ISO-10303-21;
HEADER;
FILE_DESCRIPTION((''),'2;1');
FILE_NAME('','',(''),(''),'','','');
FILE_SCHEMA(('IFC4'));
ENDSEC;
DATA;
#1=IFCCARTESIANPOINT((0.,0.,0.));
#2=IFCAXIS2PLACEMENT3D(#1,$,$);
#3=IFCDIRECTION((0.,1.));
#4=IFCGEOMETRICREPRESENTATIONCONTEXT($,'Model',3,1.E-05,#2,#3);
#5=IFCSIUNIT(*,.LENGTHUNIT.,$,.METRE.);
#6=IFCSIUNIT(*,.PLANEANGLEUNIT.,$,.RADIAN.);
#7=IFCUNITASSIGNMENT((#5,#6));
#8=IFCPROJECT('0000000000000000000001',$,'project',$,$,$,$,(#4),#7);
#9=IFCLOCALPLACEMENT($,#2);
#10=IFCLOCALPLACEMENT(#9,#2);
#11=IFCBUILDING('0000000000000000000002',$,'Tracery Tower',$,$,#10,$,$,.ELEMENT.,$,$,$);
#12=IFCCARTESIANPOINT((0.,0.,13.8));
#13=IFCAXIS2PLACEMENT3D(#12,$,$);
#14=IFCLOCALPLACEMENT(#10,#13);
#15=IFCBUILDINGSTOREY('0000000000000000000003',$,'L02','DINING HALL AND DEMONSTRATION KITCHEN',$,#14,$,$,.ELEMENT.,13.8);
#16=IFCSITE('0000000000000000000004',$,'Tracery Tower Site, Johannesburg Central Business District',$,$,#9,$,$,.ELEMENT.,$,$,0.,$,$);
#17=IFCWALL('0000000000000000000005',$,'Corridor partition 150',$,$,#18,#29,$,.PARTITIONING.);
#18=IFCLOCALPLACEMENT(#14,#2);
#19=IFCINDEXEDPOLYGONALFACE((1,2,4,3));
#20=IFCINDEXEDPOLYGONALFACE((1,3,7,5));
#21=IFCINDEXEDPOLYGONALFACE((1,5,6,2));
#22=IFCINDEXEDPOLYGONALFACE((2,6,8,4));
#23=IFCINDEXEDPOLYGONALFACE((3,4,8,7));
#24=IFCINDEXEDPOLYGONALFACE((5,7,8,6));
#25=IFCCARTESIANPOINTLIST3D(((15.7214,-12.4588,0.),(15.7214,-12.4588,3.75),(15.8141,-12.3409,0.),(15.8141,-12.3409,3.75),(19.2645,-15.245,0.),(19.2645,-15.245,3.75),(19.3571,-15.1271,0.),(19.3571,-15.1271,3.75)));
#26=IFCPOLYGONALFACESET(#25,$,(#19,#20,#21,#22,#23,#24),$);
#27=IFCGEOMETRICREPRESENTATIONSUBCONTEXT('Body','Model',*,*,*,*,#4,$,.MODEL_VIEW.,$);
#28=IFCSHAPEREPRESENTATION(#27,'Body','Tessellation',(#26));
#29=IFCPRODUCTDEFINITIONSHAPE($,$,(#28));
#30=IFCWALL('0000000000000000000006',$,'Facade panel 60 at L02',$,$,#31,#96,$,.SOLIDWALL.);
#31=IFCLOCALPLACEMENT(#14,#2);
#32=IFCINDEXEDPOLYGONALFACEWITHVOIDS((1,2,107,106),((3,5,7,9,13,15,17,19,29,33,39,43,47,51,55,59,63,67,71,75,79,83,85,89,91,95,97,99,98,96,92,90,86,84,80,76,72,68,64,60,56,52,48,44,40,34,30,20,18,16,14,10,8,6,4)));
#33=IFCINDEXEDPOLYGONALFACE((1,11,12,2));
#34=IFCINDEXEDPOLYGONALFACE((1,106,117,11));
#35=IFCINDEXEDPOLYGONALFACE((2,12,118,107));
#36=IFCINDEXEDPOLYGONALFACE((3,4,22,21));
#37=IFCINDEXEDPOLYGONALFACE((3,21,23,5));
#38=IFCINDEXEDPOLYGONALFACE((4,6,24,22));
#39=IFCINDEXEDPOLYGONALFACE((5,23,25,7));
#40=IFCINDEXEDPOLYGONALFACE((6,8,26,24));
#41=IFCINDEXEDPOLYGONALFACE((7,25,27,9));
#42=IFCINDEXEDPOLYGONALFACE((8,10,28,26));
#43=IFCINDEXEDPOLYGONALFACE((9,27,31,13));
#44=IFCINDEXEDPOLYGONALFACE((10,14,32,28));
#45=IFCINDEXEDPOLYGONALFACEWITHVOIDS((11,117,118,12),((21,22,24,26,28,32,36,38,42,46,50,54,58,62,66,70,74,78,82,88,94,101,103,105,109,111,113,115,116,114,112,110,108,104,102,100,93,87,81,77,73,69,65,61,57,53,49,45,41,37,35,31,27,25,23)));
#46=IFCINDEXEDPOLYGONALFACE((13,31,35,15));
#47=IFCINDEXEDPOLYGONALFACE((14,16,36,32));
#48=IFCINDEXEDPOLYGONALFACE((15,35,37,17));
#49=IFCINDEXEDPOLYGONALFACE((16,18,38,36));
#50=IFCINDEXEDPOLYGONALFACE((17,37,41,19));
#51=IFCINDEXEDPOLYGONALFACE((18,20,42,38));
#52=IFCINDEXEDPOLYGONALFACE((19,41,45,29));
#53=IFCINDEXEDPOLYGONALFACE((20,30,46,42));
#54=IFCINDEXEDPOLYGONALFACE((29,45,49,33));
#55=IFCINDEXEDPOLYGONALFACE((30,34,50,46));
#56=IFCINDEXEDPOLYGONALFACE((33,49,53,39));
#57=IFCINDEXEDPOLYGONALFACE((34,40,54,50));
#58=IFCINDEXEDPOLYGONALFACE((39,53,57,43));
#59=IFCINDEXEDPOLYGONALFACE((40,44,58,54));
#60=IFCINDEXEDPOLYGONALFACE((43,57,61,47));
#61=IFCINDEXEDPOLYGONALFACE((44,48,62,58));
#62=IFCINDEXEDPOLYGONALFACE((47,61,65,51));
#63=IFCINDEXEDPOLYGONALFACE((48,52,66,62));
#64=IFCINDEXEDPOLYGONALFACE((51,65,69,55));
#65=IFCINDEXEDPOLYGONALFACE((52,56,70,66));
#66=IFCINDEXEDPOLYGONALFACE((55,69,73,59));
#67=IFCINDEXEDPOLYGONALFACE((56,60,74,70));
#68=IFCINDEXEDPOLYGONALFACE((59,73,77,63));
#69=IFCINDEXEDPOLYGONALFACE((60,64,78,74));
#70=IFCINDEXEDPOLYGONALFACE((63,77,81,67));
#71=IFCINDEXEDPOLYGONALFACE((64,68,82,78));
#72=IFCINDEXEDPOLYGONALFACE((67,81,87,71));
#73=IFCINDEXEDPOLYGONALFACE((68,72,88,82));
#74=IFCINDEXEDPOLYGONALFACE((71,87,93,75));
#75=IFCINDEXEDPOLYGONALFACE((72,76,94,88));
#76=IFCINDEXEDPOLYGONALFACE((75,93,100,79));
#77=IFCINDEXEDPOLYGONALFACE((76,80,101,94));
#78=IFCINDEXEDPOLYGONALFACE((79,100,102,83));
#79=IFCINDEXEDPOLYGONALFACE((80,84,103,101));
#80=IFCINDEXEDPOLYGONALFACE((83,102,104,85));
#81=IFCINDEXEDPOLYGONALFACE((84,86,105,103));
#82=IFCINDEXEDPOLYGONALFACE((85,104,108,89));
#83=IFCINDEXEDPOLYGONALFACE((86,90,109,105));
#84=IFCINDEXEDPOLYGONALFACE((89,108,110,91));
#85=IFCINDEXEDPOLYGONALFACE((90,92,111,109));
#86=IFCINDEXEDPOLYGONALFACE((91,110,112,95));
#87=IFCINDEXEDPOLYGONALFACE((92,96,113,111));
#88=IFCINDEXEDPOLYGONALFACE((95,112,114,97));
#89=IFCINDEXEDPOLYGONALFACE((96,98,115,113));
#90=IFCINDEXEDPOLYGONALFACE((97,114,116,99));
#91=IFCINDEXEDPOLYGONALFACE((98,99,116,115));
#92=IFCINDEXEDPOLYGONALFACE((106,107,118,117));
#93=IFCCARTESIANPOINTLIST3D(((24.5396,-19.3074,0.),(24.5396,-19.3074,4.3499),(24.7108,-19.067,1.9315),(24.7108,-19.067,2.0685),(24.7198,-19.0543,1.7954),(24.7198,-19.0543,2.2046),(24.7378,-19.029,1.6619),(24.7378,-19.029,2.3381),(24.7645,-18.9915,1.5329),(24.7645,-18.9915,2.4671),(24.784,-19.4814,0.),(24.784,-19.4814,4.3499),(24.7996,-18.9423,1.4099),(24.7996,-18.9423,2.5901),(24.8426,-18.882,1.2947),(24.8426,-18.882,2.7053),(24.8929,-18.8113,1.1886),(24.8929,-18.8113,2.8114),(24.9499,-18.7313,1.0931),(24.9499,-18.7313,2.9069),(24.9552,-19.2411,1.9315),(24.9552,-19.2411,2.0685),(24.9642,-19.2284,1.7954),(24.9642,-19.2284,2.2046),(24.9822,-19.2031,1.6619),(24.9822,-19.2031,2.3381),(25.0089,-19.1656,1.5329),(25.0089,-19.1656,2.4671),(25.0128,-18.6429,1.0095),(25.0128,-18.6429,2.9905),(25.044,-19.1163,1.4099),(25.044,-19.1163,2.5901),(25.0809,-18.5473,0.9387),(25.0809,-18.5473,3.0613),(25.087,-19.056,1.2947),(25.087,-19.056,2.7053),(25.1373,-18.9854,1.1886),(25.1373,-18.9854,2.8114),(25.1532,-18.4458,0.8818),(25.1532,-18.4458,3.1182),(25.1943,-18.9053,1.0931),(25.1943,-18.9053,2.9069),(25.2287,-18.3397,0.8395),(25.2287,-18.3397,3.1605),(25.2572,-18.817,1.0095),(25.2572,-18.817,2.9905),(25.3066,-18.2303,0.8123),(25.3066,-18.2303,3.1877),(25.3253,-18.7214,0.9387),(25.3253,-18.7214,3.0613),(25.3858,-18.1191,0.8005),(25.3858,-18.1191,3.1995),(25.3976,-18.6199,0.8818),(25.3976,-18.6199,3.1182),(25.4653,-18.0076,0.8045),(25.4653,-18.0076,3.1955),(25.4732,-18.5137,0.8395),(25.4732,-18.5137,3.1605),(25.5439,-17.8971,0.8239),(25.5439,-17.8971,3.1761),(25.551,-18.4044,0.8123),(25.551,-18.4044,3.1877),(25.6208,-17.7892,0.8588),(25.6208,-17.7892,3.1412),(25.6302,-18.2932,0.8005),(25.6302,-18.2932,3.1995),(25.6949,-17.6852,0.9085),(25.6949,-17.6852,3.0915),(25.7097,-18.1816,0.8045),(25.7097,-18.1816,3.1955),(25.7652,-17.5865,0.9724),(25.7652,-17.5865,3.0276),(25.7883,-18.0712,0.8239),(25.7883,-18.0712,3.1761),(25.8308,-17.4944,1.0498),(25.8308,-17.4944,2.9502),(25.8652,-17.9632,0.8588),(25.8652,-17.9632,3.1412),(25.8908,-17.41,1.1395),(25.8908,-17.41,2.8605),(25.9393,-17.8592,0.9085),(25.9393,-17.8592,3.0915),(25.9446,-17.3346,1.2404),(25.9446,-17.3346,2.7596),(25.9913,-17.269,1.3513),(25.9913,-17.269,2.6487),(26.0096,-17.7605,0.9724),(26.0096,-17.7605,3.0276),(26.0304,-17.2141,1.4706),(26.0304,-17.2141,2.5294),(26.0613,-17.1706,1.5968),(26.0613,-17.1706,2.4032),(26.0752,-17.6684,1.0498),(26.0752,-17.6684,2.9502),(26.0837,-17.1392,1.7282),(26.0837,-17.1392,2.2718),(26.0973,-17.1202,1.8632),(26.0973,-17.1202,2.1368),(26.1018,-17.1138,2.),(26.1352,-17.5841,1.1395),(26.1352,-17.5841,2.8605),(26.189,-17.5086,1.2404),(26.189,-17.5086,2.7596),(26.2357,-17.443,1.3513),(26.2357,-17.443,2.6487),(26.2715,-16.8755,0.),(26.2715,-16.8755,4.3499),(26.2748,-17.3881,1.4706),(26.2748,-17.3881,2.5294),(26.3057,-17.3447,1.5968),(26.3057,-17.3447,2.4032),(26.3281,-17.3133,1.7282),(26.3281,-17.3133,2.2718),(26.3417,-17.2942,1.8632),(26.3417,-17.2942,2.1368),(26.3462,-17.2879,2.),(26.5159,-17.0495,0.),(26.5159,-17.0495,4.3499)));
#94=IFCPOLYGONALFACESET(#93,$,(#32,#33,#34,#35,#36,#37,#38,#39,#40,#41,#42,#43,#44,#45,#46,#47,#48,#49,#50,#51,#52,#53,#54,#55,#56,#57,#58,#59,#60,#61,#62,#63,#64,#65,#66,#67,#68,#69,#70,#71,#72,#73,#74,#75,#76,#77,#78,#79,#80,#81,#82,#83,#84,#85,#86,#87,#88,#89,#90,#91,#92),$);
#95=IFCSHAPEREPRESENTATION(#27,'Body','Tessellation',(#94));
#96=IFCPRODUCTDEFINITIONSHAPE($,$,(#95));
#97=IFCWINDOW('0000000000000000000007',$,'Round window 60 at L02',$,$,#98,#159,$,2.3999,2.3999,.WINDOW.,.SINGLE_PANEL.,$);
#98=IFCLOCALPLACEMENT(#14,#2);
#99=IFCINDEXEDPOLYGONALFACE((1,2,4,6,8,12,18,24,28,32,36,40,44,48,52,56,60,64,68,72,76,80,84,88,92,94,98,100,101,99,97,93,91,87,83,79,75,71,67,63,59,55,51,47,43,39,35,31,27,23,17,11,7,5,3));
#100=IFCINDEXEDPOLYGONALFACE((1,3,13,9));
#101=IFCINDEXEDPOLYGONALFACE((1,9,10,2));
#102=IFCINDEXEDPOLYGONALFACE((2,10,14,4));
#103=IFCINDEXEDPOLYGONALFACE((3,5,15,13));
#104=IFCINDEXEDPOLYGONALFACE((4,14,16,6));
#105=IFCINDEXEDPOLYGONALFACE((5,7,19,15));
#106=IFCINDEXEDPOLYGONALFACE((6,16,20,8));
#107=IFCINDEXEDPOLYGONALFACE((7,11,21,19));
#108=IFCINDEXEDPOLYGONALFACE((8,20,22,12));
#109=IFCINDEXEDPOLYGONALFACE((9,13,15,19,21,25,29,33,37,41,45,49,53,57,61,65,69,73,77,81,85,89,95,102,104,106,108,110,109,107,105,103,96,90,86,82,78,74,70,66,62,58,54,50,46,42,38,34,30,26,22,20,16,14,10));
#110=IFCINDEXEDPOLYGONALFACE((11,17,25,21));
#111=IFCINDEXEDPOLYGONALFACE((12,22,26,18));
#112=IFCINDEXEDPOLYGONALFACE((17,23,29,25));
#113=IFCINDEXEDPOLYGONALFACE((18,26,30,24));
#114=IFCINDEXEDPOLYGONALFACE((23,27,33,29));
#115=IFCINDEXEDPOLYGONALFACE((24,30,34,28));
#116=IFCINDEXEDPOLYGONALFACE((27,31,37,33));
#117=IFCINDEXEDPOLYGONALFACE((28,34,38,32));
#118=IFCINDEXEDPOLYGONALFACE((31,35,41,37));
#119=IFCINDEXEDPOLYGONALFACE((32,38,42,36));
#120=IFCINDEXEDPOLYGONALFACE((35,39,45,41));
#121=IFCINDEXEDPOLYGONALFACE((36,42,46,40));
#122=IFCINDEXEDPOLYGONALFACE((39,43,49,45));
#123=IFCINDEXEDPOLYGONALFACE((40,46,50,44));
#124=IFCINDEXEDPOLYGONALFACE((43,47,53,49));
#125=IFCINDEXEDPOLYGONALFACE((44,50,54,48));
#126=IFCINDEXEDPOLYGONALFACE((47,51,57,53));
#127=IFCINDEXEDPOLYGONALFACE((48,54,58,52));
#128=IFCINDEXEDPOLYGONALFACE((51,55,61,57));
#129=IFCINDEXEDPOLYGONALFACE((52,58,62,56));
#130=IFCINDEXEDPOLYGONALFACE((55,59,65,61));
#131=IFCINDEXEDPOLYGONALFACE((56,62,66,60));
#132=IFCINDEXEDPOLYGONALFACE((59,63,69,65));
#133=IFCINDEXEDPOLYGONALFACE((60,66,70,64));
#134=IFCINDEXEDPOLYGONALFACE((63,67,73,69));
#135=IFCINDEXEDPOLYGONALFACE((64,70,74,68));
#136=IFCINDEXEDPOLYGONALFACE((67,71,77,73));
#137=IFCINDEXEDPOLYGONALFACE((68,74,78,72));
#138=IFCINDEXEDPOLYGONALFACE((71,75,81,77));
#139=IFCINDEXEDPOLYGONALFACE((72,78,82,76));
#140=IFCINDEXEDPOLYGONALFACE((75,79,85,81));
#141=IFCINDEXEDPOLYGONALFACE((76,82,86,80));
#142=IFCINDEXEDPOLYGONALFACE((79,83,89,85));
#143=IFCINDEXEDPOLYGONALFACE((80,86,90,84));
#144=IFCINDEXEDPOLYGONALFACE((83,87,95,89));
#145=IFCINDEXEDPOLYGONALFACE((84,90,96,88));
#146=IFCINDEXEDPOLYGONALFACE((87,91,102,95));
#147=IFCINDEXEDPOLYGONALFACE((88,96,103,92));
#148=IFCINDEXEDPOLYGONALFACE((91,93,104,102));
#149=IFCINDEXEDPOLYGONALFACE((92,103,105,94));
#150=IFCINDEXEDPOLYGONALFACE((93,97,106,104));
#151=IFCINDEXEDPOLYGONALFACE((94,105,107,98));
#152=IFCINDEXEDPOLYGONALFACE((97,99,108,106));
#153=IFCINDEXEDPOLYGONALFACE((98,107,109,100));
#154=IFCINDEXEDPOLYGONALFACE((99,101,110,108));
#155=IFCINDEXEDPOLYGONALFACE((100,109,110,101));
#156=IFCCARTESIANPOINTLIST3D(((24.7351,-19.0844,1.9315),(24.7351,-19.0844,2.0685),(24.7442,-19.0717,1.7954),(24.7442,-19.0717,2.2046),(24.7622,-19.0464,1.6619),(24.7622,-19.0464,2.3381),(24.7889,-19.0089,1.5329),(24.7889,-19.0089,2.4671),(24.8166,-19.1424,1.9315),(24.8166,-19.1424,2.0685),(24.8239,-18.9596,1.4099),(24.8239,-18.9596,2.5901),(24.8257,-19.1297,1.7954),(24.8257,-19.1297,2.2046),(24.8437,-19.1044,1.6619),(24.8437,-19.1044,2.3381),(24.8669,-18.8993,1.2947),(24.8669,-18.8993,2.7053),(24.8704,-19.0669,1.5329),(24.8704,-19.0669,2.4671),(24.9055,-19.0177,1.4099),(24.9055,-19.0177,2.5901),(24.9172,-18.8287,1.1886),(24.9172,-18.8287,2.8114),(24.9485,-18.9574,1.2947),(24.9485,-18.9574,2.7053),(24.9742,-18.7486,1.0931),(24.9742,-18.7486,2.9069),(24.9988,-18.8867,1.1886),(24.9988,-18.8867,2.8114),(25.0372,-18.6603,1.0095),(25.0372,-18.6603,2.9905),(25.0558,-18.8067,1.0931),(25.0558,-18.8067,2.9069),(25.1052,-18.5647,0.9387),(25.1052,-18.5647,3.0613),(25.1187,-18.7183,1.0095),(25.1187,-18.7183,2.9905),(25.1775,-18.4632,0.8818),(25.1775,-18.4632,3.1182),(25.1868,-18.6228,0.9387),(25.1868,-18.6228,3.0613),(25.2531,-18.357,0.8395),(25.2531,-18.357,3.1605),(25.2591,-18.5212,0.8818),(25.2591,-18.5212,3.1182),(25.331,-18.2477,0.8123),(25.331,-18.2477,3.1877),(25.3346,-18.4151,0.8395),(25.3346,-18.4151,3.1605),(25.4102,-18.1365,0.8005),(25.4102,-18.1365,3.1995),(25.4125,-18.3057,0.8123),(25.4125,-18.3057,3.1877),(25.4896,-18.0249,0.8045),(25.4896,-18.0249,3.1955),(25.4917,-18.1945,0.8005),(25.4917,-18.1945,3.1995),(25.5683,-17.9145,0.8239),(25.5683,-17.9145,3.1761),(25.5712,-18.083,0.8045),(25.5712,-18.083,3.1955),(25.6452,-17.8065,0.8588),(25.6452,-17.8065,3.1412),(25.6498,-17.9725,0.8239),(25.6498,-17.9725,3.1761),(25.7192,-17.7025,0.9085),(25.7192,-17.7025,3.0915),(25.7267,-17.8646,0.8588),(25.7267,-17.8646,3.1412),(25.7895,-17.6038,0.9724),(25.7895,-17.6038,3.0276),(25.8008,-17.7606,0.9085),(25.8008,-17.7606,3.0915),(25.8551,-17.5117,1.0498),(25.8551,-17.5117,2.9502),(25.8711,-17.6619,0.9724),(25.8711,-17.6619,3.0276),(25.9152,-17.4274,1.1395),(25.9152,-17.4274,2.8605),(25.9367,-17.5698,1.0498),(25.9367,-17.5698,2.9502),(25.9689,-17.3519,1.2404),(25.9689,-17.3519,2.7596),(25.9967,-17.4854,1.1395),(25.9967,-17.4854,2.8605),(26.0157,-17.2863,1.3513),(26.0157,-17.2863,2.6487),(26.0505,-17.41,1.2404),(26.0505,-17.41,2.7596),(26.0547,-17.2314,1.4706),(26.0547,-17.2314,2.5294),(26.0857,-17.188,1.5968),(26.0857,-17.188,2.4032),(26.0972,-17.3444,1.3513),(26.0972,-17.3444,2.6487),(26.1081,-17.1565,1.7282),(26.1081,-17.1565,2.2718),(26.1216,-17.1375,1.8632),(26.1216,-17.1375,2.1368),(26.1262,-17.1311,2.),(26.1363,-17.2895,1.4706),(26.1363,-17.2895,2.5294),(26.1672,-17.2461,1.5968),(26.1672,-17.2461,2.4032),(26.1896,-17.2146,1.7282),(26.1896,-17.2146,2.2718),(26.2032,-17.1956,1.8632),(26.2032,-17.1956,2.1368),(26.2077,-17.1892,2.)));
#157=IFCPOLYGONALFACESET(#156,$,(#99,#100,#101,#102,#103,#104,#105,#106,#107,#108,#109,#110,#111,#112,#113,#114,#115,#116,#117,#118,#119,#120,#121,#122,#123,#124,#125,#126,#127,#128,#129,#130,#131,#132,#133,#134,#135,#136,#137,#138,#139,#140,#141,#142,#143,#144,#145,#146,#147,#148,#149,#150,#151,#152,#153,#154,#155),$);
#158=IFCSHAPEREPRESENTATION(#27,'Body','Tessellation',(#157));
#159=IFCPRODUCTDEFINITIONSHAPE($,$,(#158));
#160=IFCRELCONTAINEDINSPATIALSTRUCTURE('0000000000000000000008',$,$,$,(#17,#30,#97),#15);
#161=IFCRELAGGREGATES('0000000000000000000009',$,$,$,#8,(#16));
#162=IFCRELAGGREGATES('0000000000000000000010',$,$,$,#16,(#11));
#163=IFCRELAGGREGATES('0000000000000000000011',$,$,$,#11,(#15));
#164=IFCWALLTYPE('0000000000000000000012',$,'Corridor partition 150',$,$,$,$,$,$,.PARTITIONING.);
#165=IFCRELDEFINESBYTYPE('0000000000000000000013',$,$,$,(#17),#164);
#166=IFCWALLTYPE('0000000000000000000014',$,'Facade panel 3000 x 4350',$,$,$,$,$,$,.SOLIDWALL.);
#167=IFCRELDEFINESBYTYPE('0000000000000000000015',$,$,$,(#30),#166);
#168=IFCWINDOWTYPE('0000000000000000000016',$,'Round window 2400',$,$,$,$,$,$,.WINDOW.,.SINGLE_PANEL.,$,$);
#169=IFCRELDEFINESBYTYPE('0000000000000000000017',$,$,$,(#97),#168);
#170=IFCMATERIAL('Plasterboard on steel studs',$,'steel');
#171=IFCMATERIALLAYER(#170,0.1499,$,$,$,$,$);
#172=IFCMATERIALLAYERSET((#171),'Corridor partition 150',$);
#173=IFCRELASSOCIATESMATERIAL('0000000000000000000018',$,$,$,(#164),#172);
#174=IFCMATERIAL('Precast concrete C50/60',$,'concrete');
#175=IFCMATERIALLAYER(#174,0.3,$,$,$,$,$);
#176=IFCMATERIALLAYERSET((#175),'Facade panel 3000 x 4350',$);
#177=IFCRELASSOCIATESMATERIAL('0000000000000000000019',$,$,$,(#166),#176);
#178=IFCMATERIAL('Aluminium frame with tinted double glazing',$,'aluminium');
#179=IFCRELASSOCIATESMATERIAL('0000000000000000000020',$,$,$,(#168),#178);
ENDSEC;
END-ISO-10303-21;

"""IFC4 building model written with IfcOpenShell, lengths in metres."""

from ifc_helpers import new_model, si_unit, direction, frame, frame_2d, origin, origin_2d, place, context, subcontext, project, spatial, rectangle, circle, extrude, material, layer, layer_set, type_object, element, fill, save


model = new_model("IFC4")

# Units and contexts
model_context = context("Model", 3, precision=1e-05, world=origin(), true_north=direction((0.0, 1.0)))
body_context = subcontext(model_context, "Body", "Model", "MODEL_VIEW")
ifc_project = project(units=[si_unit("LENGTHUNIT", "METRE"), si_unit("PLANEANGLEUNIT", "RADIAN")], contexts=[model_context])

# Site, building, storey
site_placement = place(None, origin())
site = spatial("IfcSite", under=ifc_project, at=site_placement, Name="Tracery Tower Site, Johannesburg Central Business District", CompositionType="ELEMENT", RefElevation=0.0)
building_placement = place(site_placement, origin())
building = spatial("IfcBuilding", under=site, at=building_placement, Name="Tracery Tower", CompositionType="ELEMENT")
storey_placement = place(building_placement, frame((0.0, 0.0, 13.8)))
storey = spatial("IfcBuildingStorey", under=building, at=storey_placement, Name="L02", Description="DINING HALL AND DEMONSTRATION KITCHEN", CompositionType="ELEMENT", Elevation=13.8)

# Shared definitions
ifc_material_1 = material(Name="Plasterboard on steel studs", Category="steel")
ifc_layer_1 = layer(ifc_material_1, 0.1499)
ifc_layer_set_1 = layer_set([ifc_layer_1], Name="Corridor partition 150")
wall_type_1 = type_object("IfcWallType", Name="Corridor partition 150", PredefinedType="PARTITIONING", material=ifc_layer_set_1)

# Wall
wall_1_placement = place(storey_placement, frame((19.3108, -15.186, 0.0), z_axis=(0.0, 0.0, 1.0), x_axis=(-0.786063, 0.618147, 0.0)))
element("IfcWall", 1, at=wall_1_placement, inside=storey, type_object=wall_type_1, Name="Corridor partition 150", PredefinedType="PARTITIONING", context=body_context, shape_type="SweptSolid", body=[
    extrude(rectangle(XDim=4.5073, YDim=0.1499, at=frame_2d((2.2537, 0.0))), origin(), (0.0, 0.0, 1.0), 3.75),
])

# Wall, opening, window
ifc_material_2 = material(Name="Precast concrete C50/60", Category="concrete")
ifc_layer_2 = layer(ifc_material_2, 0.3)
ifc_layer_set_2 = layer_set([ifc_layer_2], Name="Facade panel 3000 x 4350")
wall_type_2 = type_object("IfcWallType", Name="Facade panel 3000 x 4350", PredefinedType="SOLIDWALL", material=ifc_layer_set_2)
wall_2_placement = place(storey_placement, frame((24.6619, -19.3943, 0.0), z_axis=(0.0, 0.0, 1.0), x_axis=(0.580101, 0.814545, 0.0)))
wall_2 = element("IfcWall", 2, at=wall_2_placement, inside=storey, type_object=wall_type_2, Name="Facade panel 60 at L02", PredefinedType="SOLIDWALL", context=body_context, shape_type="SweptSolid", body=[
    extrude(rectangle(XDim=2.9856, YDim=0.3, at=frame_2d((1.4927, 0.0))), origin(), (0.0, 0.0, 1.0), 4.3499),
])
opening_1_placement = place(wall_2_placement, frame((1.4929, 0.0, 2.0)))
opening_1 = element("IfcOpeningElement", 3, at=opening_1_placement, cuts=wall_2, PredefinedType="OPENING", context=body_context, shape_type="SweptSolid", body=[
    extrude(circle(Radius=1.2, at=origin_2d()), frame((0.0, 0.1599, 0.0), z_axis=(0.0, -1.0, 0.0), x_axis=(1.0, 0.0, 0.0)), (0.0, 0.0, 1.0), 0.3201),
])
ifc_material_3 = material(Name="Aluminium frame with tinted double glazing", Category="aluminium")
window_type = type_object("IfcWindowType", Name="Round window 2400", PartitioningType="SINGLE_PANEL", PredefinedType="WINDOW", material=ifc_material_3)
window_1_placement = place(opening_1_placement, origin())
window_1 = element("IfcWindow", 4, at=window_1_placement, inside=storey, type_object=window_type, Name="Round window 60 at L02", OverallHeight=2.3999, OverallWidth=2.3999, PartitioningType="SINGLE_PANEL", PredefinedType="WINDOW", context=body_context, shape_type="SweptSolid", body=[
    extrude(circle(Radius=1.2, at=origin_2d()), frame((0.0, 0.1201, 0.0), z_axis=(0.0, -1.0, 0.0), x_axis=(1.0, 0.0, 0.0)), (0.0, 0.0, 1.0), 0.1001),
])
fill(opening_1, window_1)

save(model, "model.ifc")
